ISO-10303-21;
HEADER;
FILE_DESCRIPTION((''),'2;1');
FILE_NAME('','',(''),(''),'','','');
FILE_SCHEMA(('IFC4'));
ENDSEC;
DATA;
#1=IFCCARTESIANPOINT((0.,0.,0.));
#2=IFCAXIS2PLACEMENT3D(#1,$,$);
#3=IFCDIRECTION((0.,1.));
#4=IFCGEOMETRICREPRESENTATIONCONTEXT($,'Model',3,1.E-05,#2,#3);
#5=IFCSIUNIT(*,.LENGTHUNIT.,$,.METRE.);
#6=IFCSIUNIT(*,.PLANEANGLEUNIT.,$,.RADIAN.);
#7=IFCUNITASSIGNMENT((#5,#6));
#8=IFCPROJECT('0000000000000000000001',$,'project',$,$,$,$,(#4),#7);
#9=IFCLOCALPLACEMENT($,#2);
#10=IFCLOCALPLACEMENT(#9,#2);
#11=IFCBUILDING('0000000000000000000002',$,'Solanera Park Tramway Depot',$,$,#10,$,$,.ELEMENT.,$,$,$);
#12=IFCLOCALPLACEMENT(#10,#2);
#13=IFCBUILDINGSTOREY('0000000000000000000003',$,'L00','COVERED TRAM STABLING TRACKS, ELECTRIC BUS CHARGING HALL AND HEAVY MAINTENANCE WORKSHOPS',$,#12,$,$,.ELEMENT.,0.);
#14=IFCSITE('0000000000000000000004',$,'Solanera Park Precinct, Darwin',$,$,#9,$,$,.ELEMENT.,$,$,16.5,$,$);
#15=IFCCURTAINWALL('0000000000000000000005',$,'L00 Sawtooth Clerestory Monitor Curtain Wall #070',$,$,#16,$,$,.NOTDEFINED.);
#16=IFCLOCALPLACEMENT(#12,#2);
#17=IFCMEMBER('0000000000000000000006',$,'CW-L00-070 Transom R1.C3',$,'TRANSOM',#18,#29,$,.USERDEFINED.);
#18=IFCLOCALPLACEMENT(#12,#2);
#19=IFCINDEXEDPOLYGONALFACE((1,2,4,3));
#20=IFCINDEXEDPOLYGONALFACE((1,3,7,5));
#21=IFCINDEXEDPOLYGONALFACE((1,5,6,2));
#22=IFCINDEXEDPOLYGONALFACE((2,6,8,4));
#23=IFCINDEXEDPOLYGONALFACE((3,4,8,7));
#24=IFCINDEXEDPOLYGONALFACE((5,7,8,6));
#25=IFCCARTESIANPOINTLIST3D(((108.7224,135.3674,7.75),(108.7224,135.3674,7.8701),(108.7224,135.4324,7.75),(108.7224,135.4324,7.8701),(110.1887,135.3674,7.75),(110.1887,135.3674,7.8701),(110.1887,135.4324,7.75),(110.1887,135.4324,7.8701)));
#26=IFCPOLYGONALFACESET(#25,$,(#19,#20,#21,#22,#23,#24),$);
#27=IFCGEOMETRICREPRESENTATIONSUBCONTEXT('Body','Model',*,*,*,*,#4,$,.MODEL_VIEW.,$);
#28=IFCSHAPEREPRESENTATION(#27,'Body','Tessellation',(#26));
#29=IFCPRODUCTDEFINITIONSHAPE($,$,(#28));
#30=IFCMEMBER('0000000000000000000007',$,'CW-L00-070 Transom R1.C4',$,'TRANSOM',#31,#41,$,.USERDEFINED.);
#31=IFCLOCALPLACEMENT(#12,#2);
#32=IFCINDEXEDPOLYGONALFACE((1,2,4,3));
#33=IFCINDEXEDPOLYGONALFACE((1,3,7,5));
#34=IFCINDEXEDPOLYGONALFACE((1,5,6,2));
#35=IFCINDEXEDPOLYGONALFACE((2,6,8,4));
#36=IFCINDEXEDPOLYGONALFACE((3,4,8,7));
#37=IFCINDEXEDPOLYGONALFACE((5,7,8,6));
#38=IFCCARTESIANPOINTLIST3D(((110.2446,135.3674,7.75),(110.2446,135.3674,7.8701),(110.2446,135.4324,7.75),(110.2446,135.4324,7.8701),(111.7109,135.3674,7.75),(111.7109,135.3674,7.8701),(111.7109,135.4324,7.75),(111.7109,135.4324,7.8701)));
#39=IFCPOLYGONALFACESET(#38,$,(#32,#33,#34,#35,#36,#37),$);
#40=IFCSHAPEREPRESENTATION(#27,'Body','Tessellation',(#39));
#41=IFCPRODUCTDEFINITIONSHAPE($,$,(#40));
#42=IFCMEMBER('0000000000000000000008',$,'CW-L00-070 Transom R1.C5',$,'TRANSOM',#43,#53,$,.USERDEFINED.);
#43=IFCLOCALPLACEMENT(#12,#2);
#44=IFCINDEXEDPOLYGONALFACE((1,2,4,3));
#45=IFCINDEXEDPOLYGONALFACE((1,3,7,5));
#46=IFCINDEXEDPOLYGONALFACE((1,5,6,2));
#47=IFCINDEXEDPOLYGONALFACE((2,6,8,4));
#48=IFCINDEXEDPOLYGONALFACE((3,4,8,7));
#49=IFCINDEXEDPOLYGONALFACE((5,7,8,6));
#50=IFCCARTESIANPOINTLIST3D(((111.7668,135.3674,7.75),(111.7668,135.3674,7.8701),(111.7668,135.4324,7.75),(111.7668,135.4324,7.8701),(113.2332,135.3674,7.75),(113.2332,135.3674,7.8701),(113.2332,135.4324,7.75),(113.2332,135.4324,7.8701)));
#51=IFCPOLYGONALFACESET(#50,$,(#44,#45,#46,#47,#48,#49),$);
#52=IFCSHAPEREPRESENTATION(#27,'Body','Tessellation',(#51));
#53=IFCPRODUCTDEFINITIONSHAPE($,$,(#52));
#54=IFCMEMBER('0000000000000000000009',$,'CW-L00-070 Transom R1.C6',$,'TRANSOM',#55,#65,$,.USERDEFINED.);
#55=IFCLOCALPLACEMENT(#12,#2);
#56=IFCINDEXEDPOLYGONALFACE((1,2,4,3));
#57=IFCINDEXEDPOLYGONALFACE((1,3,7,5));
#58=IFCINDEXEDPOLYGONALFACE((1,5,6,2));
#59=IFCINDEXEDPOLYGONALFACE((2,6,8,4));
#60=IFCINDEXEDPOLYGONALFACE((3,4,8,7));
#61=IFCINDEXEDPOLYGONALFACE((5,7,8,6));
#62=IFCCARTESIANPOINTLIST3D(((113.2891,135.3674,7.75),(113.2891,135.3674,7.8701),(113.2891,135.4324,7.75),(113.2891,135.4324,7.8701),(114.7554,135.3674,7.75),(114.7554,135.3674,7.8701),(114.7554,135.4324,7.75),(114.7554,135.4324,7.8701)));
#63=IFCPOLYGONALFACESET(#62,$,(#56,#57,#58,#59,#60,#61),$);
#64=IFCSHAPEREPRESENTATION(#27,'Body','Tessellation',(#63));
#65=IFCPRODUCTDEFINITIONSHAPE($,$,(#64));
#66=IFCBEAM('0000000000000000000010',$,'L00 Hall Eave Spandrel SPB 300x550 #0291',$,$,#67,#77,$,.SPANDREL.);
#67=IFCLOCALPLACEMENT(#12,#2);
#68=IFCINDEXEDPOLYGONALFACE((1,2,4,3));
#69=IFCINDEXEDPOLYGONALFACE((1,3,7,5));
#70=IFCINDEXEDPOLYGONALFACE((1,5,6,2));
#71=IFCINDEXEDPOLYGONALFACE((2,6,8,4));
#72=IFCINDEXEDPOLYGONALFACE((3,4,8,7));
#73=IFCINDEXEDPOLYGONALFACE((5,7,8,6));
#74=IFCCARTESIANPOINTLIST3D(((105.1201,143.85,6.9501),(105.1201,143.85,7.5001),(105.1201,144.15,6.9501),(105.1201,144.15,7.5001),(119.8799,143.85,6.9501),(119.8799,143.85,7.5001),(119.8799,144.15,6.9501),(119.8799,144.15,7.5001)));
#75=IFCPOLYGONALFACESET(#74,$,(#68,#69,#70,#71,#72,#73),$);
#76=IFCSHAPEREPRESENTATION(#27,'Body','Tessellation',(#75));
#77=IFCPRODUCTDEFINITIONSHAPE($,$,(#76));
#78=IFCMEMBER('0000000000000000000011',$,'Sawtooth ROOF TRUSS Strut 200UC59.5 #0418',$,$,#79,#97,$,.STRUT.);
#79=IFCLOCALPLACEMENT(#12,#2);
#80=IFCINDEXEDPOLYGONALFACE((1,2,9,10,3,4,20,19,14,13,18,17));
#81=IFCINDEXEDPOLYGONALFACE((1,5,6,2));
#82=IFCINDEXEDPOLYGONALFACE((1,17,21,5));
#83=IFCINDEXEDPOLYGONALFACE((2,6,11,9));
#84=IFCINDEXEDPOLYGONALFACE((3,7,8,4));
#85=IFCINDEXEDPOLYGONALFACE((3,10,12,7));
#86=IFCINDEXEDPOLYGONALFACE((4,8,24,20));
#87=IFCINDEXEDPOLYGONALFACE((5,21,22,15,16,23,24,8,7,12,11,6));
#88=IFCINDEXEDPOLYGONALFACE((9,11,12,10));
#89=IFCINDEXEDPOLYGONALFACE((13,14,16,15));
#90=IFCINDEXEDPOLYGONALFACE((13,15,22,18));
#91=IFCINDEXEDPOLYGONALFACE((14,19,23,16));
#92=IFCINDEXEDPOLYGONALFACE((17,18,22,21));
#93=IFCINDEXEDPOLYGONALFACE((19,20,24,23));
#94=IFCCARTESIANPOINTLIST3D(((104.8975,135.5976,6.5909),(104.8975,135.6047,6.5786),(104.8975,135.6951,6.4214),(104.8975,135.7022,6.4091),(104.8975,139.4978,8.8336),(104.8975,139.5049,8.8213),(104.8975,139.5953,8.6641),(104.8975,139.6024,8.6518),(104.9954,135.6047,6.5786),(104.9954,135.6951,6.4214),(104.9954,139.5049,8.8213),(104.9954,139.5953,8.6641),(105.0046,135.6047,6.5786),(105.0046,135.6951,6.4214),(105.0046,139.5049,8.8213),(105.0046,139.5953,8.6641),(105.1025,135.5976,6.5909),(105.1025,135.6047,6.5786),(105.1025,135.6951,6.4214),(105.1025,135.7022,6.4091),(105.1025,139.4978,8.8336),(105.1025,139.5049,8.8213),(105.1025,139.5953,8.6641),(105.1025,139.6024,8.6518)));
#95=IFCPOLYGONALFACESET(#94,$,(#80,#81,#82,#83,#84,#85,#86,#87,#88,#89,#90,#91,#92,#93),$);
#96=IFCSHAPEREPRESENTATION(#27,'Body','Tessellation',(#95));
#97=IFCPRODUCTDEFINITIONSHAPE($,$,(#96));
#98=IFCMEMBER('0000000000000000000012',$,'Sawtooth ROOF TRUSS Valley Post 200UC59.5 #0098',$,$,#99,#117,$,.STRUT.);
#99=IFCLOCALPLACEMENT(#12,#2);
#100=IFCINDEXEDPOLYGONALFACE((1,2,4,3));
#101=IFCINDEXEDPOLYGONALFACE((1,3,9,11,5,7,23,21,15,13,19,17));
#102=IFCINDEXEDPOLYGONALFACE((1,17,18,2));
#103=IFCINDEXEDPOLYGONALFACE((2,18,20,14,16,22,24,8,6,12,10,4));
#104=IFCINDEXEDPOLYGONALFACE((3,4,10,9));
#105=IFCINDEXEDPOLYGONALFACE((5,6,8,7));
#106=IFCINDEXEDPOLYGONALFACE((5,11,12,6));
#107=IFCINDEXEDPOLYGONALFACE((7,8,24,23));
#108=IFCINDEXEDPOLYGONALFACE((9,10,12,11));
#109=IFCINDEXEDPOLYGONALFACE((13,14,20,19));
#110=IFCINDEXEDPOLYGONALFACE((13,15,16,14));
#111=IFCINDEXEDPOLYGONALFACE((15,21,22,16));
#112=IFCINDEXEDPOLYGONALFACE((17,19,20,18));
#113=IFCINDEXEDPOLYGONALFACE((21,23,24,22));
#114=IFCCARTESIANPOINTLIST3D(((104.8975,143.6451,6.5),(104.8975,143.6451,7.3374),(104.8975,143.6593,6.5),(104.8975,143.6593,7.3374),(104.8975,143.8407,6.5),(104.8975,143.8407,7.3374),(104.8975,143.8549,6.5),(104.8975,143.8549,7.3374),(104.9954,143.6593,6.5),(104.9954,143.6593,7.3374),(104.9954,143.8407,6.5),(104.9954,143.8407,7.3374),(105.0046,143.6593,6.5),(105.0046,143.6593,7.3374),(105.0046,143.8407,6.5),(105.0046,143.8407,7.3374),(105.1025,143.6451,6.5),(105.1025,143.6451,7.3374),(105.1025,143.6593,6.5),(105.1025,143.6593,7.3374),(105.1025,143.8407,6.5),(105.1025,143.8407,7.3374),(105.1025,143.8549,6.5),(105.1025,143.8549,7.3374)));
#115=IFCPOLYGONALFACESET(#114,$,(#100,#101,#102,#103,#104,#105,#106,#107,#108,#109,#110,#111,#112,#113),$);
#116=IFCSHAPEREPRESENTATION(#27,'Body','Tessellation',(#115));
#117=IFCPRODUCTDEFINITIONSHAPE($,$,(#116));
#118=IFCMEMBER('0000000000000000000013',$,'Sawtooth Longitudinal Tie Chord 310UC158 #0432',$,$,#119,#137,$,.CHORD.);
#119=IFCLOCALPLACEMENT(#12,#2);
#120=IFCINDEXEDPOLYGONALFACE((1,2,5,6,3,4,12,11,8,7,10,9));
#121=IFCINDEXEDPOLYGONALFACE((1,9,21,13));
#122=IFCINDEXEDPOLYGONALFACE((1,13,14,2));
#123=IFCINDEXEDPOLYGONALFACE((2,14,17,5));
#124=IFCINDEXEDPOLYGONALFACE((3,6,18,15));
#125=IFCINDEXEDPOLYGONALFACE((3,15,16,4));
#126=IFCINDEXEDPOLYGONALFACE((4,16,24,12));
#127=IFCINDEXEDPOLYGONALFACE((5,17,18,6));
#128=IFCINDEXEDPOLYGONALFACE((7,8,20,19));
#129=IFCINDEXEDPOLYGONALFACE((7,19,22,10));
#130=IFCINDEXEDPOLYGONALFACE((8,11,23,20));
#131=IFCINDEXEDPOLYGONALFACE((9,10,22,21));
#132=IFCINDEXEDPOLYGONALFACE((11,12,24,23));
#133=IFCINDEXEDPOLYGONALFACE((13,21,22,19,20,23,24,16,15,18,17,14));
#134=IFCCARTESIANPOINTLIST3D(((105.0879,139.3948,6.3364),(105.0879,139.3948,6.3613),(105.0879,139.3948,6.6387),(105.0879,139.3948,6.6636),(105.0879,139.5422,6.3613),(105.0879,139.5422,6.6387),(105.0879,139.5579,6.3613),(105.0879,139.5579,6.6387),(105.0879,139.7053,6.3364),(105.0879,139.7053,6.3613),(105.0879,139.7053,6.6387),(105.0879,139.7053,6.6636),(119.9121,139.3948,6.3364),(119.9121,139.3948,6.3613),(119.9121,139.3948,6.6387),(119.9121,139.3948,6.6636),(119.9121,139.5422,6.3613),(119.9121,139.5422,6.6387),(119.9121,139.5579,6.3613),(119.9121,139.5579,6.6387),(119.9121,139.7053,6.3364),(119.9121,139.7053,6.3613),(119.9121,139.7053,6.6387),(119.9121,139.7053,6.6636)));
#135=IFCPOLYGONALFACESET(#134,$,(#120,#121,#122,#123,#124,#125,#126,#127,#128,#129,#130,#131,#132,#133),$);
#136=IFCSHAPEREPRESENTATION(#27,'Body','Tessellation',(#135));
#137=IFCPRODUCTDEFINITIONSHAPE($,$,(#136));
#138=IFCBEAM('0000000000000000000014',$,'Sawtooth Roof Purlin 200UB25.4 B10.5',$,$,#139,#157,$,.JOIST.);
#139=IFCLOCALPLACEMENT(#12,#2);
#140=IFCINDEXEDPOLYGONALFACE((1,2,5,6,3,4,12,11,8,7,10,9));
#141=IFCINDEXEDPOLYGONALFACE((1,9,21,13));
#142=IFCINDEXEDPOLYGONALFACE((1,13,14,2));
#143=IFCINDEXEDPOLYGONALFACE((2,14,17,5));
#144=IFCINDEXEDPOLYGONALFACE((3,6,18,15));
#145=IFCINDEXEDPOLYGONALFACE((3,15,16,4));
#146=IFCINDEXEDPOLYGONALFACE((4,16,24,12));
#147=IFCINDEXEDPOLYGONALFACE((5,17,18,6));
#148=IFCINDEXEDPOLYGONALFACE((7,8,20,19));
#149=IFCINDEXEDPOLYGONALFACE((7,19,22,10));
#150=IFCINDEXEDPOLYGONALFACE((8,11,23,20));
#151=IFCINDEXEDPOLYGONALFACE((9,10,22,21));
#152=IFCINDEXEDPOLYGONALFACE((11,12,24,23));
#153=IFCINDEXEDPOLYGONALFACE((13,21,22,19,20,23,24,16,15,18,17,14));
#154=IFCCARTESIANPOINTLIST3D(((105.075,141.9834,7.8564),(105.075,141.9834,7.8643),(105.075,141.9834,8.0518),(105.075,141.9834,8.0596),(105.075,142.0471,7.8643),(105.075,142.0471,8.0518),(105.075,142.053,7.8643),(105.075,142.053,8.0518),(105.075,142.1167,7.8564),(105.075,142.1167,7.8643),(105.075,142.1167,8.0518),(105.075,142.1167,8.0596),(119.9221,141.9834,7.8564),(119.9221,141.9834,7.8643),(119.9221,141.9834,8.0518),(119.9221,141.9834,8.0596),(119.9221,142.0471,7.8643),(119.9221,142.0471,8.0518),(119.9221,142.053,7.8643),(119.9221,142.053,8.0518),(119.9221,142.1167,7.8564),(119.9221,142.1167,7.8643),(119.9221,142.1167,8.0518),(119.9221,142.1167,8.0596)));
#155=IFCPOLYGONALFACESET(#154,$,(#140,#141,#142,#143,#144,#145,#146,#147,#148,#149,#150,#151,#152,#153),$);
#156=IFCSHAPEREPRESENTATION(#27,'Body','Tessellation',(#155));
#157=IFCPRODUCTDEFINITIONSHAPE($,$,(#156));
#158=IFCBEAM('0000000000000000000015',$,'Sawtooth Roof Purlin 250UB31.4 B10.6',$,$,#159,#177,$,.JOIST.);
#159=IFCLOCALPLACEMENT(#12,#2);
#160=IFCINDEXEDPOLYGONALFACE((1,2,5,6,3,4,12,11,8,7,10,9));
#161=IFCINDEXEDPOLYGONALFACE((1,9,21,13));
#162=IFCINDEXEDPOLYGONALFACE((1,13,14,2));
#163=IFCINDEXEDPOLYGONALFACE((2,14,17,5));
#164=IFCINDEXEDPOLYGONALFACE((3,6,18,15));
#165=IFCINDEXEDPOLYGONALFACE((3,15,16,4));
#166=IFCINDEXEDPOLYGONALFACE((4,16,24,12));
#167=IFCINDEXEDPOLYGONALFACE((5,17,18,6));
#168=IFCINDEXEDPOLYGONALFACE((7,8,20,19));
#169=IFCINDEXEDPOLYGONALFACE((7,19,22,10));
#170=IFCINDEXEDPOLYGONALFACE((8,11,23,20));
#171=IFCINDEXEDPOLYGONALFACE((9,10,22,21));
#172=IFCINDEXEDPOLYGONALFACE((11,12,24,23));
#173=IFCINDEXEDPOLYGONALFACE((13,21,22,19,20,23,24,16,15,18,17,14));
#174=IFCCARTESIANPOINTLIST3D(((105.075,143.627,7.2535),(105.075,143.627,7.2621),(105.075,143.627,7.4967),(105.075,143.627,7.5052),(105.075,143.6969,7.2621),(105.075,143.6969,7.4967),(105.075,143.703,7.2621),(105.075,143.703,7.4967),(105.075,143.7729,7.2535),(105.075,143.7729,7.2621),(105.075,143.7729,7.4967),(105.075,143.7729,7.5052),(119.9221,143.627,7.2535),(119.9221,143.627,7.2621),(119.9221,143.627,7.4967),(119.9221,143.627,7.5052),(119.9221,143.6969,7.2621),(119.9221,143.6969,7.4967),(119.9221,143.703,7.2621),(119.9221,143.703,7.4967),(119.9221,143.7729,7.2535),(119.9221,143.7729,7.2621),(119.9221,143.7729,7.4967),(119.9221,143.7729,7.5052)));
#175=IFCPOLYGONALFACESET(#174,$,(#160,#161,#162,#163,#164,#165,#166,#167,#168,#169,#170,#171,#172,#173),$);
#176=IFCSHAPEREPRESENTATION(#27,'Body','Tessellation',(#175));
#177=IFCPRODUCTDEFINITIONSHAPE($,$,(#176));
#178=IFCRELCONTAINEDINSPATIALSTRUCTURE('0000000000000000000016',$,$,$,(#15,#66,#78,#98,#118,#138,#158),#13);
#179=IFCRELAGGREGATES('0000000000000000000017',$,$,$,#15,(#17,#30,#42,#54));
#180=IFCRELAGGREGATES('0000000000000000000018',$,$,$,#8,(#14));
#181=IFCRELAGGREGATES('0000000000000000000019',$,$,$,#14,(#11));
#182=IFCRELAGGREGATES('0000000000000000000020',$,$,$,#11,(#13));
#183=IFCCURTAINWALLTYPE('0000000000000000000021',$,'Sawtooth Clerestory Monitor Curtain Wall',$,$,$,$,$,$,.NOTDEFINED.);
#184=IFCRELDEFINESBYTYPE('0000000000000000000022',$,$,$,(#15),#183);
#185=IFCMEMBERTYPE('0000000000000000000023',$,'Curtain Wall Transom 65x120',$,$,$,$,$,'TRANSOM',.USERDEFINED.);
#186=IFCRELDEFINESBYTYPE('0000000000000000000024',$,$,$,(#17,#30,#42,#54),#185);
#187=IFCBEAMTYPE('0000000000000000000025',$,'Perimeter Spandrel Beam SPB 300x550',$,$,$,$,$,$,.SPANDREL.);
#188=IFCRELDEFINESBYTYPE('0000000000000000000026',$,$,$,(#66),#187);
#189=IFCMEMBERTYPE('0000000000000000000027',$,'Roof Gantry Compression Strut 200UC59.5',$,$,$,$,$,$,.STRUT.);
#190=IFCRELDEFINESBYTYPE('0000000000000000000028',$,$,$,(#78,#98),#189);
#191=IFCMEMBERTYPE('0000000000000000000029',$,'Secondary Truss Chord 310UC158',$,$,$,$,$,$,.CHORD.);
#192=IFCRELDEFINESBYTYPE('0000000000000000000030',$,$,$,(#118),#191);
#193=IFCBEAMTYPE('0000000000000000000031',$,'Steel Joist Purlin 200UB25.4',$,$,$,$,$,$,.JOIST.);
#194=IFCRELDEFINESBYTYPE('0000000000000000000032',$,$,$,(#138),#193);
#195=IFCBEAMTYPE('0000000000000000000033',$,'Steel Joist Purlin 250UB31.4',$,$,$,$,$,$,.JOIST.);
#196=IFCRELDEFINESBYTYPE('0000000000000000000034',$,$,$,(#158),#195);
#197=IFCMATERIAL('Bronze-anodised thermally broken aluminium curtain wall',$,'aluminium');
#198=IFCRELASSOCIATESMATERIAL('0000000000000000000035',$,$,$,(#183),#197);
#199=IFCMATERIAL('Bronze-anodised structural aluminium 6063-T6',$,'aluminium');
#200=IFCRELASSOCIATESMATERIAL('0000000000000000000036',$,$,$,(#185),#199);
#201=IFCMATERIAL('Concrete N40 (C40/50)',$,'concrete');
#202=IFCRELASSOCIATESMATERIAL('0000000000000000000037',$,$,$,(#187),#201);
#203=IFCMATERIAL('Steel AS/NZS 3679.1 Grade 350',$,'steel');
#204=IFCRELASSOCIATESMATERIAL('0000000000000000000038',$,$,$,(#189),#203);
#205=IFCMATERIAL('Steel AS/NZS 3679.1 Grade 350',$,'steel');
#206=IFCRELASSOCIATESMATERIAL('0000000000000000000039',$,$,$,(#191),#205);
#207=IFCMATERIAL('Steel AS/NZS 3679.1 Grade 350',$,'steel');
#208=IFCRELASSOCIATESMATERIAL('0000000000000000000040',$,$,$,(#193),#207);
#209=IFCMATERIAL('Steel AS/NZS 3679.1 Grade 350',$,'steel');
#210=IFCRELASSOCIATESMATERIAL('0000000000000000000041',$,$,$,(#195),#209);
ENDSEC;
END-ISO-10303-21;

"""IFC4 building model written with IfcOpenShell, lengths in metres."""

from ifc_helpers import new_model, si_unit, direction, frame, origin, origin_2d, place, context, subcontext, project, spatial, rectangle, i_section, extrude, material, material_profile, profile_set, type_object, element, aggregate, save


model = new_model("IFC4")

# Units and contexts
model_context = context("Model", 3, precision=1e-05, world=origin(), true_north=direction((0.0, 1.0)))
body_context = subcontext(model_context, "Body", "Model", "MODEL_VIEW")
ifc_project = project(units=[si_unit("LENGTHUNIT", "METRE"), si_unit("PLANEANGLEUNIT", "RADIAN")], contexts=[model_context])

# Site, building, storey
site_placement = place(None, origin())
site = spatial("IfcSite", under=ifc_project, at=site_placement, Name="Solanera Park Precinct, Darwin", CompositionType="ELEMENT", RefElevation=16.5)
building_placement = place(site_placement, origin())
building = spatial("IfcBuilding", under=site, at=building_placement, Name="Solanera Park Tramway Depot", CompositionType="ELEMENT")
storey_placement = place(building_placement, origin())
storey = spatial("IfcBuildingStorey", under=building, at=storey_placement, Name="L00", Description="COVERED TRAM STABLING TRACKS, ELECTRIC BUS CHARGING HALL AND HEAVY MAINTENANCE WORKSHOPS", CompositionType="ELEMENT", Elevation=0.0)

# Curtain wall, members
ifc_material_1 = material(Name="Bronze-anodised thermally broken aluminium curtain wall", Category="aluminium")
curtain_wall_type = type_object("IfcCurtainWallType", Name="Sawtooth Clerestory Monitor Curtain Wall", PredefinedType="NOTDEFINED", material=ifc_material_1)
curtain_wall_placement = place(storey_placement, origin())
curtain_wall = element("IfcCurtainWall", 1, at=curtain_wall_placement, inside=storey, type_object=curtain_wall_type, Name="L00 Sawtooth Clerestory Monitor Curtain Wall #070", PredefinedType="NOTDEFINED")
ifc_material_2 = material(Name="Bronze-anodised structural aluminium 6063-T6", Category="aluminium")
ifc_material_profile_1 = material_profile(ifc_material_2, rectangle(XDim=0.0649, YDim=0.1201, at=origin_2d()), Name="Curtain Wall Transom 65x120")
ifc_profile_set_1 = profile_set([ifc_material_profile_1], Name="Bronze-anodised structural aluminium 6063-T6")
member_type_1 = type_object("IfcMemberType", Name="Curtain Wall Transom 65x120", ElementType="TRANSOM", PredefinedType="USERDEFINED", material=ifc_profile_set_1)
member_1_placement = place(storey_placement, frame((108.7224, 135.3999, 7.8101), z_axis=(1.0, 0.0, 0.0), x_axis=(0.0, 1.0, 0.0)))
member_1 = element("IfcMember", 2, at=member_1_placement, type_object=member_type_1, Name="CW-L00-070 Transom R1.C3", ObjectType="TRANSOM", PredefinedType="USERDEFINED", context=body_context, shape_type="SweptSolid", body=[
    extrude(rectangle(XDim=0.0649, YDim=0.1201, at=origin_2d()), origin(), (0.0, 0.0, 1.0), 1.4663),
])
member_2_placement = place(storey_placement, frame((110.2446, 135.3999, 7.8101), z_axis=(1.0, 0.0, 0.0), x_axis=(0.0, 1.0, 0.0)))
member_2 = element("IfcMember", 3, at=member_2_placement, type_object=member_type_1, Name="CW-L00-070 Transom R1.C4", ObjectType="TRANSOM", PredefinedType="USERDEFINED", context=body_context, shape_type="SweptSolid", body=[
    extrude(rectangle(XDim=0.0649, YDim=0.1201, at=origin_2d()), origin(), (0.0, 0.0, 1.0), 1.4663),
])
member_3_placement = place(storey_placement, frame((111.7668, 135.3999, 7.8101), z_axis=(1.0, 0.0, 0.0), x_axis=(0.0, 1.0, 0.0)))
member_3 = element("IfcMember", 4, at=member_3_placement, type_object=member_type_1, Name="CW-L00-070 Transom R1.C5", ObjectType="TRANSOM", PredefinedType="USERDEFINED", context=body_context, shape_type="SweptSolid", body=[
    extrude(rectangle(XDim=0.0649, YDim=0.1201, at=origin_2d()), origin(), (0.0, 0.0, 1.0), 1.4663),
])
member_4_placement = place(storey_placement, frame((113.2891, 135.3999, 7.8101), z_axis=(1.0, 0.0, 0.0), x_axis=(0.0, 1.0, 0.0)))
member_4 = element("IfcMember", 5, at=member_4_placement, type_object=member_type_1, Name="CW-L00-070 Transom R1.C6", ObjectType="TRANSOM", PredefinedType="USERDEFINED", context=body_context, shape_type="SweptSolid", body=[
    extrude(rectangle(XDim=0.0649, YDim=0.1201, at=origin_2d()), origin(), (0.0, 0.0, 1.0), 1.4663),
])

# Beam
ifc_material_3 = material(Name="Concrete N40 (C40/50)", Category="concrete")
ifc_material_profile_2 = material_profile(ifc_material_3, rectangle(XDim=0.3, YDim=0.55, at=origin_2d()), Name="SPB 300x550")
ifc_profile_set_2 = profile_set([ifc_material_profile_2], Name="Concrete N40 (C40/50)")
beam_type_1 = type_object("IfcBeamType", Name="Perimeter Spandrel Beam SPB 300x550", PredefinedType="SPANDREL", material=ifc_profile_set_2)
beam_1_placement = place(storey_placement, frame((105.1201, 144.0, 7.2251), z_axis=(1.0, 0.0, 0.0), x_axis=(0.0, 1.0, 0.0)))
element("IfcBeam", 6, at=beam_1_placement, inside=storey, type_object=beam_type_1, Name="L00 Hall Eave Spandrel SPB 300x550 #0291", PredefinedType="SPANDREL", context=body_context, shape_type="SweptSolid", body=[
    extrude(rectangle(XDim=0.3, YDim=0.55, at=origin_2d()), origin(), (0.0, 0.0, 1.0), 14.7598),
])

# Members
ifc_material_4 = material(Name="Steel AS/NZS 3679.1 Grade 350", Category="steel")
ifc_material_profile_3 = material_profile(ifc_material_4, i_section(OverallWidth=0.2051, OverallDepth=0.2097, WebThickness=0.0093, FlangeThickness=0.0142, at=origin_2d()), Name="200UC59.5")
ifc_profile_set_3 = profile_set([ifc_material_profile_3], Name="Steel AS/NZS 3679.1 Grade 350")
member_type_2 = type_object("IfcMemberType", Name="Roof Gantry Compression Strut 200UC59.5", PredefinedType="STRUT", material=ifc_profile_set_3)
member_5_placement = place(storey_placement, frame((105.0, 135.6499, 6.5), z_axis=(0.0, 0.866898, 0.498486), x_axis=(-1.0, 0.0, 0.0)))
element("IfcMember", 7, at=member_5_placement, inside=storey, type_object=member_type_2, Name="Sawtooth ROOF TRUSS Strut 200UC59.5 #0418", PredefinedType="STRUT", context=body_context, shape_type="SweptSolid", body=[
    extrude(i_section(OverallWidth=0.2051, OverallDepth=0.2097, WebThickness=0.0093, FlangeThickness=0.0142, at=origin_2d()), origin(), (0.0, 0.0, 1.0), 4.499),
])
member_6_placement = place(storey_placement, frame((105.0, 143.75, 6.5), z_axis=(0.0, 0.0, 1.0), x_axis=(1.0, 0.0, 0.0)))
element("IfcMember", 8, at=member_6_placement, inside=storey, type_object=member_type_2, Name="Sawtooth ROOF TRUSS Valley Post 200UC59.5 #0098", PredefinedType="STRUT", context=body_context, shape_type="SweptSolid", body=[
    extrude(i_section(OverallWidth=0.2051, OverallDepth=0.2097, WebThickness=0.0093, FlangeThickness=0.0142, at=origin_2d()), origin(), (0.0, 0.0, 1.0), 0.8374),
])
ifc_material_5 = material(Name="Steel AS/NZS 3679.1 Grade 350", Category="steel")
ifc_material_profile_4 = material_profile(ifc_material_5, i_section(OverallWidth=0.3105, OverallDepth=0.3271, WebThickness=0.0156, FlangeThickness=0.0249, at=origin_2d()), Name="310UC158")
ifc_profile_set_4 = profile_set([ifc_material_profile_4], Name="Steel AS/NZS 3679.1 Grade 350")
member_type_3 = type_object("IfcMemberType", Name="Secondary Truss Chord 310UC158", PredefinedType="CHORD", material=ifc_profile_set_4)
member_7_placement = place(storey_placement, frame((105.0879, 139.55, 6.5), z_axis=(1.0, 0.0, 0.0), x_axis=(0.0, 1.0, 0.0)))
element("IfcMember", 9, at=member_7_placement, inside=storey, type_object=member_type_3, Name="Sawtooth Longitudinal Tie Chord 310UC158 #0432", PredefinedType="CHORD", context=body_context, shape_type="SweptSolid", body=[
    extrude(i_section(OverallWidth=0.3105, OverallDepth=0.3271, WebThickness=0.0156, FlangeThickness=0.0249, at=origin_2d()), origin(), (0.0, 0.0, 1.0), 14.8242),
])

# Beams
ifc_material_6 = material(Name="Steel AS/NZS 3679.1 Grade 350", Category="steel")
ifc_material_profile_5 = material_profile(ifc_material_6, i_section(OverallWidth=0.1333, OverallDepth=0.2031, WebThickness=0.0059, FlangeThickness=0.0078, at=origin_2d()), Name="200UB25.4")
ifc_profile_set_5 = profile_set([ifc_material_profile_5], Name="Steel AS/NZS 3679.1 Grade 350")
beam_type_2 = type_object("IfcBeamType", Name="Steel Joist Purlin 200UB25.4", PredefinedType="JOIST", material=ifc_profile_set_5)
beam_2_placement = place(storey_placement, frame((105.075, 142.05, 7.958), z_axis=(1.0, 0.0, 0.0), x_axis=(0.0, 1.0, 0.0)))
element("IfcBeam", 10, at=beam_2_placement, inside=storey, type_object=beam_type_2, Name="Sawtooth Roof Purlin 200UB25.4 B10.5", PredefinedType="JOIST", context=body_context, shape_type="SweptSolid", body=[
    extrude(i_section(OverallWidth=0.1333, OverallDepth=0.2031, WebThickness=0.0059, FlangeThickness=0.0078, at=origin_2d()), origin(), (0.0, 0.0, 1.0), 14.8472),
])
ifc_material_7 = material(Name="Steel AS/NZS 3679.1 Grade 350", Category="steel")
ifc_material_profile_6 = material_profile(ifc_material_7, i_section(OverallWidth=0.146, OverallDepth=0.2517, WebThickness=0.0061, FlangeThickness=0.0085, at=origin_2d()), Name="250UB31.4")
ifc_profile_set_6 = profile_set([ifc_material_profile_6], Name="Steel AS/NZS 3679.1 Grade 350")
beam_type_3 = type_object("IfcBeamType", Name="Steel Joist Purlin 250UB31.4", PredefinedType="JOIST", material=ifc_profile_set_6)
beam_3_placement = place(storey_placement, frame((105.075, 143.7, 7.3794), z_axis=(1.0, 0.0, 0.0), x_axis=(0.0, 1.0, 0.0)))
element("IfcBeam", 11, at=beam_3_placement, inside=storey, type_object=beam_type_3, Name="Sawtooth Roof Purlin 250UB31.4 B10.6", PredefinedType="JOIST", context=body_context, shape_type="SweptSolid", body=[
    extrude(i_section(OverallWidth=0.146, OverallDepth=0.2517, WebThickness=0.0061, FlangeThickness=0.0085, at=origin_2d()), origin(), (0.0, 0.0, 1.0), 14.8472),
])

aggregate(curtain_wall, [member_1, member_2, member_3, member_4])

save(model, "model.ifc")
